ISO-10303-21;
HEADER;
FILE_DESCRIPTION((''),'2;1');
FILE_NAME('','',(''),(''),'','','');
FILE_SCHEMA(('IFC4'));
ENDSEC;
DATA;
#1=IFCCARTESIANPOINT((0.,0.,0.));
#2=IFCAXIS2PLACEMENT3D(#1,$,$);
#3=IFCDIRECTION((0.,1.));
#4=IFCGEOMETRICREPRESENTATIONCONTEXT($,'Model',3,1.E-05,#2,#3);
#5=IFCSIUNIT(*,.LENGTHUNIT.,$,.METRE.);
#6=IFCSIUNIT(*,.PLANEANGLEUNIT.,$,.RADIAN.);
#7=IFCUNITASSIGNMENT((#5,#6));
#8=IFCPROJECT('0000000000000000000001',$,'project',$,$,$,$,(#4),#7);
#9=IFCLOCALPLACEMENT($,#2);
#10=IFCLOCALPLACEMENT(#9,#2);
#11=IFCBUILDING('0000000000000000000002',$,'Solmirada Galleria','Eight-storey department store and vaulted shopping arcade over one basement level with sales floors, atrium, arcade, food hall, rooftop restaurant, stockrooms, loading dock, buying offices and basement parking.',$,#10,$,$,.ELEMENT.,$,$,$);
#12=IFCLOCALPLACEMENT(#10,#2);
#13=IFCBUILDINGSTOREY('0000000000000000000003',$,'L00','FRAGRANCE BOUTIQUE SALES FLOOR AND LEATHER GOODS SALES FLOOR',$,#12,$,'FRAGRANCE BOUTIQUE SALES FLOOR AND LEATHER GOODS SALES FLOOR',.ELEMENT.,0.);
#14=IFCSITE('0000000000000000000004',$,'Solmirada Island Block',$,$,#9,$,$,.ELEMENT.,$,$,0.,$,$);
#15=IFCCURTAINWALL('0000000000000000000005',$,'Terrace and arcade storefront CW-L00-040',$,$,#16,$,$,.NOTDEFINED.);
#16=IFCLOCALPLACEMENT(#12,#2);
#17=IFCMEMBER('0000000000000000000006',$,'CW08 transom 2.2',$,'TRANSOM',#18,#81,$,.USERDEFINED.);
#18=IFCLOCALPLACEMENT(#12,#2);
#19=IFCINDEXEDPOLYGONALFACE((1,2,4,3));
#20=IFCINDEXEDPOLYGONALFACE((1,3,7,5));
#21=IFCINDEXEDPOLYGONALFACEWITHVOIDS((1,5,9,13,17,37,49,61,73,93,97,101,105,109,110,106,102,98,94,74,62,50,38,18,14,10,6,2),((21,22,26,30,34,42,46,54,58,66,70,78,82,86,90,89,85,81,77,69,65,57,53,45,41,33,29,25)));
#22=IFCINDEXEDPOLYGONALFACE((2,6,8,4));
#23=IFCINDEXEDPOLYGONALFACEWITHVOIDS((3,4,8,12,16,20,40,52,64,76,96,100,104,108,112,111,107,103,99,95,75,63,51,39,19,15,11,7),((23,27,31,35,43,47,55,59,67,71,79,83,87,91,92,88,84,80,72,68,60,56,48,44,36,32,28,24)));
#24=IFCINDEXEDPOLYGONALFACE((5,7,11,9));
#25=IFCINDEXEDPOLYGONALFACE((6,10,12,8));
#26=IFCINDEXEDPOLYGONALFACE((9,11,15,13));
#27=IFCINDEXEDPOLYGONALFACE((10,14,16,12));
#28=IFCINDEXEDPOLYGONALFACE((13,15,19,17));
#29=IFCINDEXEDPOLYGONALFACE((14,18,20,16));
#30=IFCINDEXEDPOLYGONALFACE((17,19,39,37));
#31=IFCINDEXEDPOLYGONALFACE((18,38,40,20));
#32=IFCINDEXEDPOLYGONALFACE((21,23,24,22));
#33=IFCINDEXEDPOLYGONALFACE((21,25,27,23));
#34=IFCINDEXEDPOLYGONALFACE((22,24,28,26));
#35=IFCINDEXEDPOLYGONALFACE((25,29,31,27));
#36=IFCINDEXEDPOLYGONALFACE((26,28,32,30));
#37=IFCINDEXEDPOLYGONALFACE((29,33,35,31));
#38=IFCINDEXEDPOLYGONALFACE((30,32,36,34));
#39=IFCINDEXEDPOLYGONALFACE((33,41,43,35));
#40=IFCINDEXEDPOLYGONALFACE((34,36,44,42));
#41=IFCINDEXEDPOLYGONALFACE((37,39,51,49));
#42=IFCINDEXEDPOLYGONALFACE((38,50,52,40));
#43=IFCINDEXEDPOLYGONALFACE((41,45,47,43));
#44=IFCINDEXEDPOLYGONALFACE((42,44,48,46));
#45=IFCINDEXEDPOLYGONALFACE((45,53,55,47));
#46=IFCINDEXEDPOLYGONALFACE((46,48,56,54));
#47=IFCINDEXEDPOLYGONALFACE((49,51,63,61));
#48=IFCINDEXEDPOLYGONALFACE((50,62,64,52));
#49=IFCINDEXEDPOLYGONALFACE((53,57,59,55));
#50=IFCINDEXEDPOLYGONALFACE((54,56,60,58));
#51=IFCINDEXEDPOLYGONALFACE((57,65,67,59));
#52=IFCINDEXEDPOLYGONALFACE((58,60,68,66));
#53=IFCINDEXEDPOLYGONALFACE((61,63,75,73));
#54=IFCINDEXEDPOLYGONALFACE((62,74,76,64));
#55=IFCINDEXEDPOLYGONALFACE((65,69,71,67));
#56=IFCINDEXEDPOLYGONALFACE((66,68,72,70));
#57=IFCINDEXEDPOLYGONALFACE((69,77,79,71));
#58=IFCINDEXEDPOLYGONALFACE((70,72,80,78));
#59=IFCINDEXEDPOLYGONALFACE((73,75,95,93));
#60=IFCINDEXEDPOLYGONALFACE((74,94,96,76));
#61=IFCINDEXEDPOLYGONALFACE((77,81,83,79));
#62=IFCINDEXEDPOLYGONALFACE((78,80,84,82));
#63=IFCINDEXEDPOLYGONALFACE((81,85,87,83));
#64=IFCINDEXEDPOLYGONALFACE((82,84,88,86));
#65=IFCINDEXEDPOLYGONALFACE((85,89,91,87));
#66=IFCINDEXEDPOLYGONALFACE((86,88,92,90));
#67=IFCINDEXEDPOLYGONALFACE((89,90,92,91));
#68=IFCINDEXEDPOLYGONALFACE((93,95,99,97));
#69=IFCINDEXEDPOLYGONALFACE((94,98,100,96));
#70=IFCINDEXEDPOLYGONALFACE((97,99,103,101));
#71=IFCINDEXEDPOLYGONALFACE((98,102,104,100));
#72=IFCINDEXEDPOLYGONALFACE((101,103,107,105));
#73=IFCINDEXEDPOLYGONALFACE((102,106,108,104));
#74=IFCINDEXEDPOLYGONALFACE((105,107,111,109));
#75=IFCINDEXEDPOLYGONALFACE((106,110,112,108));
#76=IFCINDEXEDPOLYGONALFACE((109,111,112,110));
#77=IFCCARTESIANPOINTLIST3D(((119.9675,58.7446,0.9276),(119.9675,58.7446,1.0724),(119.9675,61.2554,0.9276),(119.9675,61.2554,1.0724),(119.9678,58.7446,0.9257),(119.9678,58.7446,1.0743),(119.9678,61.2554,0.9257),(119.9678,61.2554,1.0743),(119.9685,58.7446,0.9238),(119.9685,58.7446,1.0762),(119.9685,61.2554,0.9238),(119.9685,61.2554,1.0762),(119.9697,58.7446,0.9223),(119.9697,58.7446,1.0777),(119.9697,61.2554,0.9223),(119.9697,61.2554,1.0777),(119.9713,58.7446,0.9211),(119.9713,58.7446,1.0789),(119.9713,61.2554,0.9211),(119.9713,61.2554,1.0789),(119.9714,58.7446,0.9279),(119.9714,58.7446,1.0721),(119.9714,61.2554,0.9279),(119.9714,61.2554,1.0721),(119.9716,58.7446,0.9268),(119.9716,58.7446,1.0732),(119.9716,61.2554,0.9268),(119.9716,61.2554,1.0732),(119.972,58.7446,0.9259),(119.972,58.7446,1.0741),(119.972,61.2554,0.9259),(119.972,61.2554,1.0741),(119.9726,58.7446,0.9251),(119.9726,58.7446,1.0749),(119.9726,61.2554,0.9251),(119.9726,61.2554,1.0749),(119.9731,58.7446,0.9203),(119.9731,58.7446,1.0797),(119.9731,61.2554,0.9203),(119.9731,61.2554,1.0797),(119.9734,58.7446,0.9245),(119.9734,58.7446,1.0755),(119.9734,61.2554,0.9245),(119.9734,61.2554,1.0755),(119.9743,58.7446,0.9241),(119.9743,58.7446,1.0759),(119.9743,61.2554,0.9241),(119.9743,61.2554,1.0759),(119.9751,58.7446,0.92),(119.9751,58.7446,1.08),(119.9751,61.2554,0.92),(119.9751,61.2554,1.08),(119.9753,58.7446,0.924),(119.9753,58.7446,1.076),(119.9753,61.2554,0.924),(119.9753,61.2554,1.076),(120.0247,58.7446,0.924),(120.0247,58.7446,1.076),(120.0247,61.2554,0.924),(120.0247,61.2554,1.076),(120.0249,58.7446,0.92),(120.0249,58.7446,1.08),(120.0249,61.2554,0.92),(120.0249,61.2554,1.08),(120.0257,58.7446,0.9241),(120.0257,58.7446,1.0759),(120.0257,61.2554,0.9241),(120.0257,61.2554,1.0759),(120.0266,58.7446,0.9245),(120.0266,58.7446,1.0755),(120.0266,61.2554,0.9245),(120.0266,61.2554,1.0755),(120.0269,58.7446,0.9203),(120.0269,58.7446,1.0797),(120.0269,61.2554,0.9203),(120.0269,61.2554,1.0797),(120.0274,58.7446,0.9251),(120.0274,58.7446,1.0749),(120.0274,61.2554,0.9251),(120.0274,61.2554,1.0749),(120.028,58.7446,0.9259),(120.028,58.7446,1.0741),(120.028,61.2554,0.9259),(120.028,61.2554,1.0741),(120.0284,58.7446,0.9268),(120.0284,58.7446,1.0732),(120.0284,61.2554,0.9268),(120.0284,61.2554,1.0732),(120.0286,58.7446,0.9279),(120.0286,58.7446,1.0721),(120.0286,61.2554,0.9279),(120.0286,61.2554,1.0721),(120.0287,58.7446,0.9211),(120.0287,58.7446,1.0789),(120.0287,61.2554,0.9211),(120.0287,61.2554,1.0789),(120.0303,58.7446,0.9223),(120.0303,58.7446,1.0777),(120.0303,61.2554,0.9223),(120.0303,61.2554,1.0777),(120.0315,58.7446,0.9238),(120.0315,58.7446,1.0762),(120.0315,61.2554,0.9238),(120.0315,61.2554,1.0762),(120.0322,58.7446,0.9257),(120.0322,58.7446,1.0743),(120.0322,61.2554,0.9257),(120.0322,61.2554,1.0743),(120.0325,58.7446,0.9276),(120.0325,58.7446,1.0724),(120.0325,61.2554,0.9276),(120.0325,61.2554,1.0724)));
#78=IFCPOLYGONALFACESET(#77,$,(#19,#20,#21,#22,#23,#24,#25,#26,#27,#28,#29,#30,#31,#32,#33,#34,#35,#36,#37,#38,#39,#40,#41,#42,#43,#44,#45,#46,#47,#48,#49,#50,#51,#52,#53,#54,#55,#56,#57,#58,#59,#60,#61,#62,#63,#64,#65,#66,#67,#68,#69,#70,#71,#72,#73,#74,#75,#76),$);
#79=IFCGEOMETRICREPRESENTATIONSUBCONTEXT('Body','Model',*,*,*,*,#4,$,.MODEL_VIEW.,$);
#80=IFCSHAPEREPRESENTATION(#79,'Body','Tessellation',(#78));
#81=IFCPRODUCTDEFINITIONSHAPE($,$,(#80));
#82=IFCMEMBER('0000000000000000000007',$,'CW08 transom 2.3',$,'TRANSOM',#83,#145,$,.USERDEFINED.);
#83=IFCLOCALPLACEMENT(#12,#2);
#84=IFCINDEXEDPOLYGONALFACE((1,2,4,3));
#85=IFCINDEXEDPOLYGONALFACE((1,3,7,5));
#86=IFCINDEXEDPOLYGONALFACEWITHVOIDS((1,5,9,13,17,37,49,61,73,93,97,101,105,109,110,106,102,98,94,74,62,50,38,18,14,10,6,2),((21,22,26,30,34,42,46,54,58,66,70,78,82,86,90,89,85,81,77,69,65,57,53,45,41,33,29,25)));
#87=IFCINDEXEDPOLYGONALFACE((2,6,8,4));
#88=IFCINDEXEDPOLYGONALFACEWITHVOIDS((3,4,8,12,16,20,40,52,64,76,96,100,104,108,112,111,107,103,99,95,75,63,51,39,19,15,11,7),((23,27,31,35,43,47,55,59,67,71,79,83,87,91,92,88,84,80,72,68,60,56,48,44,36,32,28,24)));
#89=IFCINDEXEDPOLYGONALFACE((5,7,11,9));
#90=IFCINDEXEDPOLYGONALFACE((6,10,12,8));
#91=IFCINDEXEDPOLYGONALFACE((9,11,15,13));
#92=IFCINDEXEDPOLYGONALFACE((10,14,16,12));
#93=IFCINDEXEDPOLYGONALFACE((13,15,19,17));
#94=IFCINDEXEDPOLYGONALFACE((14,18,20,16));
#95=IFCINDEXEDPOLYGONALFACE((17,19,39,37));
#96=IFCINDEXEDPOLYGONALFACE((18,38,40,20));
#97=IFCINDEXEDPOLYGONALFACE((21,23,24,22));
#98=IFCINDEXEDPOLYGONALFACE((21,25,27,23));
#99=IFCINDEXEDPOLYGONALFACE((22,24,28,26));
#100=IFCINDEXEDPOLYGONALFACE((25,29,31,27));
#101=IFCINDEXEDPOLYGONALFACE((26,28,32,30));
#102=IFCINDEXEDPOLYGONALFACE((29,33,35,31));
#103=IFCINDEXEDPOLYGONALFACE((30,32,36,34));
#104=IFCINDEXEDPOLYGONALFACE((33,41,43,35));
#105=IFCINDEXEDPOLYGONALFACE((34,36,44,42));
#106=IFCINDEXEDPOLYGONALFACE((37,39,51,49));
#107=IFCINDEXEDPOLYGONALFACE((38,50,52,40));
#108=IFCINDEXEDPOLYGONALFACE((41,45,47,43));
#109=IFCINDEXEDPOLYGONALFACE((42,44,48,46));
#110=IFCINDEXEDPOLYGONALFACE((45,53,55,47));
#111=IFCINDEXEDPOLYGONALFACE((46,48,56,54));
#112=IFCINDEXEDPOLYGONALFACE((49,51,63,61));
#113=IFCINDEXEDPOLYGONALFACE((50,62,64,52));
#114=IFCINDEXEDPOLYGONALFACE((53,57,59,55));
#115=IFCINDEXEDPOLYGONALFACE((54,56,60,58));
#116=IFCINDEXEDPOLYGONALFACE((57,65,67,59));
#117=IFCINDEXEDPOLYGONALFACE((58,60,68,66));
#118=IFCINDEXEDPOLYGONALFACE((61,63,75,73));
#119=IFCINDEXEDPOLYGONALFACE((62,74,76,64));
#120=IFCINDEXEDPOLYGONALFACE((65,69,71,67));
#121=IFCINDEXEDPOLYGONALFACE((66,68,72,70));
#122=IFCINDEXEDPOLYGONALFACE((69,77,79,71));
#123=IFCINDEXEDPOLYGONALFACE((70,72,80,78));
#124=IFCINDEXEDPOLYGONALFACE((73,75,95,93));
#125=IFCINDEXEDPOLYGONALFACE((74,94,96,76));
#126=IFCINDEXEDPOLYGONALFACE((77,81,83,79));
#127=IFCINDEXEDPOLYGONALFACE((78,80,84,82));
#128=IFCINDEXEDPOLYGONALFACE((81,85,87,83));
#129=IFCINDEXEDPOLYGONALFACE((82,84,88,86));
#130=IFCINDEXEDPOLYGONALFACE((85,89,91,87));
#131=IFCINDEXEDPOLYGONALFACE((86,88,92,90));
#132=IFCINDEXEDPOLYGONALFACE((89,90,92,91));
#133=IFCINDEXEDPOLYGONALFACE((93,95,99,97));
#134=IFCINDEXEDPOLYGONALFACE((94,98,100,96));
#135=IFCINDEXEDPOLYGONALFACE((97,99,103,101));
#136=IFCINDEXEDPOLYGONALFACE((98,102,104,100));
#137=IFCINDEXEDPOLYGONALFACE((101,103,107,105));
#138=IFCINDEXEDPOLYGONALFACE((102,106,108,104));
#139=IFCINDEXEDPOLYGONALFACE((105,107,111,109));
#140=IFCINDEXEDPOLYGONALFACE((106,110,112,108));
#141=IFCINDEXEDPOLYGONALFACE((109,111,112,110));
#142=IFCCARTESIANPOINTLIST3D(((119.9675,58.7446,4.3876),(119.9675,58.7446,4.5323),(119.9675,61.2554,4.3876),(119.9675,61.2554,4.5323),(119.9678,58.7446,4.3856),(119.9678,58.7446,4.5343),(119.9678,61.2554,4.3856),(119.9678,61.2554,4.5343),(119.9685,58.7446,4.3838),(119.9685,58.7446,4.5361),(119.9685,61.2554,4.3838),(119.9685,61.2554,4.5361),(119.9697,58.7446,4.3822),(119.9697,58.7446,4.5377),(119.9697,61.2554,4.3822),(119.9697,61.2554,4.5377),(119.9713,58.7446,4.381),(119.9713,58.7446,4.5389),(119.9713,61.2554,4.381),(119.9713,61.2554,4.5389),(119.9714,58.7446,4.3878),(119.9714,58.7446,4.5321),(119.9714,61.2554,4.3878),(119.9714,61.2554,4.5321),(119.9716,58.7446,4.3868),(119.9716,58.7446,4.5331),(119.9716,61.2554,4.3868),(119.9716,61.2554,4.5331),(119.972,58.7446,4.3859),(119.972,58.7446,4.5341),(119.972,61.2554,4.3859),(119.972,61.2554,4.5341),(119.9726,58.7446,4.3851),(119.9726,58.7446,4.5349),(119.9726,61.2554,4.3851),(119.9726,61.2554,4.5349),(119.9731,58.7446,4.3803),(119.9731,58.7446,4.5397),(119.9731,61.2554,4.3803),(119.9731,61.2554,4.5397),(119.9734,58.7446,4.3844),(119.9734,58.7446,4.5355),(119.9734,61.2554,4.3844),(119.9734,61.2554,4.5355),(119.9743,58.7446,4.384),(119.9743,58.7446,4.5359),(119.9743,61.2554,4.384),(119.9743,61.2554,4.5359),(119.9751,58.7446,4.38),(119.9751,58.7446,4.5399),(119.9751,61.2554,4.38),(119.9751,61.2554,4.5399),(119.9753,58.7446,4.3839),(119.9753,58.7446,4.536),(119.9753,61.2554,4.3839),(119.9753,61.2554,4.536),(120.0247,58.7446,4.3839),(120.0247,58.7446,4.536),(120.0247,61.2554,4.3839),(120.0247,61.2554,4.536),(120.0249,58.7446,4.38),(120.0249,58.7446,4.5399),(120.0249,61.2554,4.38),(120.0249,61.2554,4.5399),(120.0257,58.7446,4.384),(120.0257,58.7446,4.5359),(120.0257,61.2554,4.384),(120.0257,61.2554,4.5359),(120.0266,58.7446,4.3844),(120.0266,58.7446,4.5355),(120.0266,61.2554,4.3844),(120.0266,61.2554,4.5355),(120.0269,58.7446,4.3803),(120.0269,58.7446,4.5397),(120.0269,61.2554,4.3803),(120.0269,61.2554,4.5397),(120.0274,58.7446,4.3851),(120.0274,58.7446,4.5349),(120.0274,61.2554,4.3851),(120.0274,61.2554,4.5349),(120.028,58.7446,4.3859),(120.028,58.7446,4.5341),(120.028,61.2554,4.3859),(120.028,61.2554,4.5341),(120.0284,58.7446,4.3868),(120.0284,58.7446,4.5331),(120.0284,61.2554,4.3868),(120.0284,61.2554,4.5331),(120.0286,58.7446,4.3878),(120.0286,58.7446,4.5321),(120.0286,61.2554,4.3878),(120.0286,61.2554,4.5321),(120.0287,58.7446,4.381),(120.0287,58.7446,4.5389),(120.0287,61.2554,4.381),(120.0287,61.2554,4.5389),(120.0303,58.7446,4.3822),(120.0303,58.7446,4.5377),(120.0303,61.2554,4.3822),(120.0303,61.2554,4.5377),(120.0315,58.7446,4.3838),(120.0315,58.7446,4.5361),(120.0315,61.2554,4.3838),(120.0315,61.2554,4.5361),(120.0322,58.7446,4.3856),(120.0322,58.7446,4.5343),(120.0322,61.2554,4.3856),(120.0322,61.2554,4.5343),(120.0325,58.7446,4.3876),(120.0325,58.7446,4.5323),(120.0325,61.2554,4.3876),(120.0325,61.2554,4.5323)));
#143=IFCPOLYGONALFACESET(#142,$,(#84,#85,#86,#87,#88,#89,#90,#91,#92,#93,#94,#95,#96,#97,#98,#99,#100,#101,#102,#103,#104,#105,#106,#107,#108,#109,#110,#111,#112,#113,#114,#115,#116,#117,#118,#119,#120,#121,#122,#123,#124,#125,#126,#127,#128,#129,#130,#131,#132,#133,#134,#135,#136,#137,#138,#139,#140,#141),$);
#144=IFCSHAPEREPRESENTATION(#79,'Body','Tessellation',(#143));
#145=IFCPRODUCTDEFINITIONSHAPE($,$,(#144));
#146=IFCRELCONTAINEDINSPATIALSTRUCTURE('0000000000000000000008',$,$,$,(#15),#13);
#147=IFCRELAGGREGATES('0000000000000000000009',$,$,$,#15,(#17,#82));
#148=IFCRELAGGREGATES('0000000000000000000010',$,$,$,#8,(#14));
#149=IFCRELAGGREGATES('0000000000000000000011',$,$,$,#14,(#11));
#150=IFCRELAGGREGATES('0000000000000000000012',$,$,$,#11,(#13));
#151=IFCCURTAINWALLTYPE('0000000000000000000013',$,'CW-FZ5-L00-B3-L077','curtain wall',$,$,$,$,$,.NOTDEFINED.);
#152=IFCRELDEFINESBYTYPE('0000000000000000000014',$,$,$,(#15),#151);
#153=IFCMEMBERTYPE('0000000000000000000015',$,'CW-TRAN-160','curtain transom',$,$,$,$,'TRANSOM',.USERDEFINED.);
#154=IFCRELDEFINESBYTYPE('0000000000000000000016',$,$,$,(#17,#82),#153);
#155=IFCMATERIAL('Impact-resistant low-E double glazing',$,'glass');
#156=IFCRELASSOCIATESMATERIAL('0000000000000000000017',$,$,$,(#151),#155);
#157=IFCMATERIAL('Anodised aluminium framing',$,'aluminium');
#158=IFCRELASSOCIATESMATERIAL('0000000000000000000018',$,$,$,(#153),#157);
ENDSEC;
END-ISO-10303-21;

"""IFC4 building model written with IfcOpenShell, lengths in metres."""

from ifc_helpers import new_model, si_unit, direction, frame, origin, origin_2d, place, context, subcontext, project, spatial, hollow_rectangle, extrude, material, material_profile, profile_set, type_object, element, aggregate, save


model = new_model("IFC4")

# Units and contexts
model_context = context("Model", 3, precision=1e-05, world=origin(), true_north=direction((0.0, 1.0)))
body_context = subcontext(model_context, "Body", "Model", "MODEL_VIEW")
ifc_project = project(units=[si_unit("LENGTHUNIT", "METRE"), si_unit("PLANEANGLEUNIT", "RADIAN")], contexts=[model_context])

# Site, building, storey
site_placement = place(None, origin())
site = spatial("IfcSite", under=ifc_project, at=site_placement, Name="Solmirada Island Block", CompositionType="ELEMENT", RefElevation=0.0)
building_placement = place(site_placement, origin())
building = spatial("IfcBuilding", under=site, at=building_placement, Name="Solmirada Galleria", Description="Eight-storey department store and vaulted shopping arcade over one basement level with sales floors, atrium, arcade, food hall, rooftop restaurant, stockrooms, loading dock, buying offices and basement parking.", CompositionType="ELEMENT")
storey_placement = place(building_placement, origin())
storey = spatial("IfcBuildingStorey", under=building, at=storey_placement, Name="L00", Description="FRAGRANCE BOUTIQUE SALES FLOOR AND LEATHER GOODS SALES FLOOR", LongName="FRAGRANCE BOUTIQUE SALES FLOOR AND LEATHER GOODS SALES FLOOR", CompositionType="ELEMENT", Elevation=0.0)

# Shared definitions
ifc_material_1 = material(Name="Impact-resistant low-E double glazing", Category="glass")
ifc_material_2 = material(Name="Anodised aluminium framing", Category="aluminium")
curtain_wall_type_1 = type_object("IfcCurtainWallType", Name="CW-FZ5-L00-B3-L077", Description="curtain wall", PredefinedType="NOTDEFINED", material=ifc_material_1)

# Curtain wall
curtain_wall_1_placement = place(storey_placement, origin())
curtain_wall_1 = element("IfcCurtainWall", 1, at=curtain_wall_1_placement, inside=storey, type_object=curtain_wall_type_1, Name="Terrace and arcade storefront CW-L00-040", PredefinedType="NOTDEFINED")

# Shared definitions
ifc_material_profile_1 = material_profile(ifc_material_2, hollow_rectangle(XDim=0.0649, YDim=0.1599, WallThickness=0.0039, InnerFilletRadius=0.0039, OuterFilletRadius=0.0076, at=origin_2d()), Name="ALU-TRAN-160X65")
ifc_profile_set_1 = profile_set([ifc_material_profile_1], Name="Anodised aluminium framing")
member_type_1 = type_object("IfcMemberType", Name="CW-TRAN-160", Description="curtain transom", ElementType="TRANSOM", PredefinedType="USERDEFINED", material=ifc_profile_set_1)

# Members
member_1_placement = place(storey_placement, frame((120.0, 58.7446, 1.0), z_axis=(0.0, 1.0, 0.0), x_axis=(-1.0, 0.0, 0.0)))
member_1 = element("IfcMember", 2, at=member_1_placement, type_object=member_type_1, Name="CW08 transom 2.2", ObjectType="TRANSOM", PredefinedType="USERDEFINED", context=body_context, shape_type="SweptSolid", body=[
    extrude(hollow_rectangle(XDim=0.0649, YDim=0.1599, WallThickness=0.0039, InnerFilletRadius=0.0039, OuterFilletRadius=0.0076, at=origin_2d()), origin(), (0.0, 0.0, 1.0), 2.5107),
])
member_2_placement = place(storey_placement, frame((120.0, 58.7446, 4.46), z_axis=(0.0, 1.0, 0.0), x_axis=(-1.0, 0.0, 0.0)))
member_2 = element("IfcMember", 3, at=member_2_placement, type_object=member_type_1, Name="CW08 transom 2.3", ObjectType="TRANSOM", PredefinedType="USERDEFINED", context=body_context, shape_type="SweptSolid", body=[
    extrude(hollow_rectangle(XDim=0.0649, YDim=0.1599, WallThickness=0.0039, InnerFilletRadius=0.0039, OuterFilletRadius=0.0076, at=origin_2d()), origin(), (0.0, 0.0, 1.0), 2.5107),
])

aggregate(curtain_wall_1, [member_1, member_2])

save(model, "model.ifc")
